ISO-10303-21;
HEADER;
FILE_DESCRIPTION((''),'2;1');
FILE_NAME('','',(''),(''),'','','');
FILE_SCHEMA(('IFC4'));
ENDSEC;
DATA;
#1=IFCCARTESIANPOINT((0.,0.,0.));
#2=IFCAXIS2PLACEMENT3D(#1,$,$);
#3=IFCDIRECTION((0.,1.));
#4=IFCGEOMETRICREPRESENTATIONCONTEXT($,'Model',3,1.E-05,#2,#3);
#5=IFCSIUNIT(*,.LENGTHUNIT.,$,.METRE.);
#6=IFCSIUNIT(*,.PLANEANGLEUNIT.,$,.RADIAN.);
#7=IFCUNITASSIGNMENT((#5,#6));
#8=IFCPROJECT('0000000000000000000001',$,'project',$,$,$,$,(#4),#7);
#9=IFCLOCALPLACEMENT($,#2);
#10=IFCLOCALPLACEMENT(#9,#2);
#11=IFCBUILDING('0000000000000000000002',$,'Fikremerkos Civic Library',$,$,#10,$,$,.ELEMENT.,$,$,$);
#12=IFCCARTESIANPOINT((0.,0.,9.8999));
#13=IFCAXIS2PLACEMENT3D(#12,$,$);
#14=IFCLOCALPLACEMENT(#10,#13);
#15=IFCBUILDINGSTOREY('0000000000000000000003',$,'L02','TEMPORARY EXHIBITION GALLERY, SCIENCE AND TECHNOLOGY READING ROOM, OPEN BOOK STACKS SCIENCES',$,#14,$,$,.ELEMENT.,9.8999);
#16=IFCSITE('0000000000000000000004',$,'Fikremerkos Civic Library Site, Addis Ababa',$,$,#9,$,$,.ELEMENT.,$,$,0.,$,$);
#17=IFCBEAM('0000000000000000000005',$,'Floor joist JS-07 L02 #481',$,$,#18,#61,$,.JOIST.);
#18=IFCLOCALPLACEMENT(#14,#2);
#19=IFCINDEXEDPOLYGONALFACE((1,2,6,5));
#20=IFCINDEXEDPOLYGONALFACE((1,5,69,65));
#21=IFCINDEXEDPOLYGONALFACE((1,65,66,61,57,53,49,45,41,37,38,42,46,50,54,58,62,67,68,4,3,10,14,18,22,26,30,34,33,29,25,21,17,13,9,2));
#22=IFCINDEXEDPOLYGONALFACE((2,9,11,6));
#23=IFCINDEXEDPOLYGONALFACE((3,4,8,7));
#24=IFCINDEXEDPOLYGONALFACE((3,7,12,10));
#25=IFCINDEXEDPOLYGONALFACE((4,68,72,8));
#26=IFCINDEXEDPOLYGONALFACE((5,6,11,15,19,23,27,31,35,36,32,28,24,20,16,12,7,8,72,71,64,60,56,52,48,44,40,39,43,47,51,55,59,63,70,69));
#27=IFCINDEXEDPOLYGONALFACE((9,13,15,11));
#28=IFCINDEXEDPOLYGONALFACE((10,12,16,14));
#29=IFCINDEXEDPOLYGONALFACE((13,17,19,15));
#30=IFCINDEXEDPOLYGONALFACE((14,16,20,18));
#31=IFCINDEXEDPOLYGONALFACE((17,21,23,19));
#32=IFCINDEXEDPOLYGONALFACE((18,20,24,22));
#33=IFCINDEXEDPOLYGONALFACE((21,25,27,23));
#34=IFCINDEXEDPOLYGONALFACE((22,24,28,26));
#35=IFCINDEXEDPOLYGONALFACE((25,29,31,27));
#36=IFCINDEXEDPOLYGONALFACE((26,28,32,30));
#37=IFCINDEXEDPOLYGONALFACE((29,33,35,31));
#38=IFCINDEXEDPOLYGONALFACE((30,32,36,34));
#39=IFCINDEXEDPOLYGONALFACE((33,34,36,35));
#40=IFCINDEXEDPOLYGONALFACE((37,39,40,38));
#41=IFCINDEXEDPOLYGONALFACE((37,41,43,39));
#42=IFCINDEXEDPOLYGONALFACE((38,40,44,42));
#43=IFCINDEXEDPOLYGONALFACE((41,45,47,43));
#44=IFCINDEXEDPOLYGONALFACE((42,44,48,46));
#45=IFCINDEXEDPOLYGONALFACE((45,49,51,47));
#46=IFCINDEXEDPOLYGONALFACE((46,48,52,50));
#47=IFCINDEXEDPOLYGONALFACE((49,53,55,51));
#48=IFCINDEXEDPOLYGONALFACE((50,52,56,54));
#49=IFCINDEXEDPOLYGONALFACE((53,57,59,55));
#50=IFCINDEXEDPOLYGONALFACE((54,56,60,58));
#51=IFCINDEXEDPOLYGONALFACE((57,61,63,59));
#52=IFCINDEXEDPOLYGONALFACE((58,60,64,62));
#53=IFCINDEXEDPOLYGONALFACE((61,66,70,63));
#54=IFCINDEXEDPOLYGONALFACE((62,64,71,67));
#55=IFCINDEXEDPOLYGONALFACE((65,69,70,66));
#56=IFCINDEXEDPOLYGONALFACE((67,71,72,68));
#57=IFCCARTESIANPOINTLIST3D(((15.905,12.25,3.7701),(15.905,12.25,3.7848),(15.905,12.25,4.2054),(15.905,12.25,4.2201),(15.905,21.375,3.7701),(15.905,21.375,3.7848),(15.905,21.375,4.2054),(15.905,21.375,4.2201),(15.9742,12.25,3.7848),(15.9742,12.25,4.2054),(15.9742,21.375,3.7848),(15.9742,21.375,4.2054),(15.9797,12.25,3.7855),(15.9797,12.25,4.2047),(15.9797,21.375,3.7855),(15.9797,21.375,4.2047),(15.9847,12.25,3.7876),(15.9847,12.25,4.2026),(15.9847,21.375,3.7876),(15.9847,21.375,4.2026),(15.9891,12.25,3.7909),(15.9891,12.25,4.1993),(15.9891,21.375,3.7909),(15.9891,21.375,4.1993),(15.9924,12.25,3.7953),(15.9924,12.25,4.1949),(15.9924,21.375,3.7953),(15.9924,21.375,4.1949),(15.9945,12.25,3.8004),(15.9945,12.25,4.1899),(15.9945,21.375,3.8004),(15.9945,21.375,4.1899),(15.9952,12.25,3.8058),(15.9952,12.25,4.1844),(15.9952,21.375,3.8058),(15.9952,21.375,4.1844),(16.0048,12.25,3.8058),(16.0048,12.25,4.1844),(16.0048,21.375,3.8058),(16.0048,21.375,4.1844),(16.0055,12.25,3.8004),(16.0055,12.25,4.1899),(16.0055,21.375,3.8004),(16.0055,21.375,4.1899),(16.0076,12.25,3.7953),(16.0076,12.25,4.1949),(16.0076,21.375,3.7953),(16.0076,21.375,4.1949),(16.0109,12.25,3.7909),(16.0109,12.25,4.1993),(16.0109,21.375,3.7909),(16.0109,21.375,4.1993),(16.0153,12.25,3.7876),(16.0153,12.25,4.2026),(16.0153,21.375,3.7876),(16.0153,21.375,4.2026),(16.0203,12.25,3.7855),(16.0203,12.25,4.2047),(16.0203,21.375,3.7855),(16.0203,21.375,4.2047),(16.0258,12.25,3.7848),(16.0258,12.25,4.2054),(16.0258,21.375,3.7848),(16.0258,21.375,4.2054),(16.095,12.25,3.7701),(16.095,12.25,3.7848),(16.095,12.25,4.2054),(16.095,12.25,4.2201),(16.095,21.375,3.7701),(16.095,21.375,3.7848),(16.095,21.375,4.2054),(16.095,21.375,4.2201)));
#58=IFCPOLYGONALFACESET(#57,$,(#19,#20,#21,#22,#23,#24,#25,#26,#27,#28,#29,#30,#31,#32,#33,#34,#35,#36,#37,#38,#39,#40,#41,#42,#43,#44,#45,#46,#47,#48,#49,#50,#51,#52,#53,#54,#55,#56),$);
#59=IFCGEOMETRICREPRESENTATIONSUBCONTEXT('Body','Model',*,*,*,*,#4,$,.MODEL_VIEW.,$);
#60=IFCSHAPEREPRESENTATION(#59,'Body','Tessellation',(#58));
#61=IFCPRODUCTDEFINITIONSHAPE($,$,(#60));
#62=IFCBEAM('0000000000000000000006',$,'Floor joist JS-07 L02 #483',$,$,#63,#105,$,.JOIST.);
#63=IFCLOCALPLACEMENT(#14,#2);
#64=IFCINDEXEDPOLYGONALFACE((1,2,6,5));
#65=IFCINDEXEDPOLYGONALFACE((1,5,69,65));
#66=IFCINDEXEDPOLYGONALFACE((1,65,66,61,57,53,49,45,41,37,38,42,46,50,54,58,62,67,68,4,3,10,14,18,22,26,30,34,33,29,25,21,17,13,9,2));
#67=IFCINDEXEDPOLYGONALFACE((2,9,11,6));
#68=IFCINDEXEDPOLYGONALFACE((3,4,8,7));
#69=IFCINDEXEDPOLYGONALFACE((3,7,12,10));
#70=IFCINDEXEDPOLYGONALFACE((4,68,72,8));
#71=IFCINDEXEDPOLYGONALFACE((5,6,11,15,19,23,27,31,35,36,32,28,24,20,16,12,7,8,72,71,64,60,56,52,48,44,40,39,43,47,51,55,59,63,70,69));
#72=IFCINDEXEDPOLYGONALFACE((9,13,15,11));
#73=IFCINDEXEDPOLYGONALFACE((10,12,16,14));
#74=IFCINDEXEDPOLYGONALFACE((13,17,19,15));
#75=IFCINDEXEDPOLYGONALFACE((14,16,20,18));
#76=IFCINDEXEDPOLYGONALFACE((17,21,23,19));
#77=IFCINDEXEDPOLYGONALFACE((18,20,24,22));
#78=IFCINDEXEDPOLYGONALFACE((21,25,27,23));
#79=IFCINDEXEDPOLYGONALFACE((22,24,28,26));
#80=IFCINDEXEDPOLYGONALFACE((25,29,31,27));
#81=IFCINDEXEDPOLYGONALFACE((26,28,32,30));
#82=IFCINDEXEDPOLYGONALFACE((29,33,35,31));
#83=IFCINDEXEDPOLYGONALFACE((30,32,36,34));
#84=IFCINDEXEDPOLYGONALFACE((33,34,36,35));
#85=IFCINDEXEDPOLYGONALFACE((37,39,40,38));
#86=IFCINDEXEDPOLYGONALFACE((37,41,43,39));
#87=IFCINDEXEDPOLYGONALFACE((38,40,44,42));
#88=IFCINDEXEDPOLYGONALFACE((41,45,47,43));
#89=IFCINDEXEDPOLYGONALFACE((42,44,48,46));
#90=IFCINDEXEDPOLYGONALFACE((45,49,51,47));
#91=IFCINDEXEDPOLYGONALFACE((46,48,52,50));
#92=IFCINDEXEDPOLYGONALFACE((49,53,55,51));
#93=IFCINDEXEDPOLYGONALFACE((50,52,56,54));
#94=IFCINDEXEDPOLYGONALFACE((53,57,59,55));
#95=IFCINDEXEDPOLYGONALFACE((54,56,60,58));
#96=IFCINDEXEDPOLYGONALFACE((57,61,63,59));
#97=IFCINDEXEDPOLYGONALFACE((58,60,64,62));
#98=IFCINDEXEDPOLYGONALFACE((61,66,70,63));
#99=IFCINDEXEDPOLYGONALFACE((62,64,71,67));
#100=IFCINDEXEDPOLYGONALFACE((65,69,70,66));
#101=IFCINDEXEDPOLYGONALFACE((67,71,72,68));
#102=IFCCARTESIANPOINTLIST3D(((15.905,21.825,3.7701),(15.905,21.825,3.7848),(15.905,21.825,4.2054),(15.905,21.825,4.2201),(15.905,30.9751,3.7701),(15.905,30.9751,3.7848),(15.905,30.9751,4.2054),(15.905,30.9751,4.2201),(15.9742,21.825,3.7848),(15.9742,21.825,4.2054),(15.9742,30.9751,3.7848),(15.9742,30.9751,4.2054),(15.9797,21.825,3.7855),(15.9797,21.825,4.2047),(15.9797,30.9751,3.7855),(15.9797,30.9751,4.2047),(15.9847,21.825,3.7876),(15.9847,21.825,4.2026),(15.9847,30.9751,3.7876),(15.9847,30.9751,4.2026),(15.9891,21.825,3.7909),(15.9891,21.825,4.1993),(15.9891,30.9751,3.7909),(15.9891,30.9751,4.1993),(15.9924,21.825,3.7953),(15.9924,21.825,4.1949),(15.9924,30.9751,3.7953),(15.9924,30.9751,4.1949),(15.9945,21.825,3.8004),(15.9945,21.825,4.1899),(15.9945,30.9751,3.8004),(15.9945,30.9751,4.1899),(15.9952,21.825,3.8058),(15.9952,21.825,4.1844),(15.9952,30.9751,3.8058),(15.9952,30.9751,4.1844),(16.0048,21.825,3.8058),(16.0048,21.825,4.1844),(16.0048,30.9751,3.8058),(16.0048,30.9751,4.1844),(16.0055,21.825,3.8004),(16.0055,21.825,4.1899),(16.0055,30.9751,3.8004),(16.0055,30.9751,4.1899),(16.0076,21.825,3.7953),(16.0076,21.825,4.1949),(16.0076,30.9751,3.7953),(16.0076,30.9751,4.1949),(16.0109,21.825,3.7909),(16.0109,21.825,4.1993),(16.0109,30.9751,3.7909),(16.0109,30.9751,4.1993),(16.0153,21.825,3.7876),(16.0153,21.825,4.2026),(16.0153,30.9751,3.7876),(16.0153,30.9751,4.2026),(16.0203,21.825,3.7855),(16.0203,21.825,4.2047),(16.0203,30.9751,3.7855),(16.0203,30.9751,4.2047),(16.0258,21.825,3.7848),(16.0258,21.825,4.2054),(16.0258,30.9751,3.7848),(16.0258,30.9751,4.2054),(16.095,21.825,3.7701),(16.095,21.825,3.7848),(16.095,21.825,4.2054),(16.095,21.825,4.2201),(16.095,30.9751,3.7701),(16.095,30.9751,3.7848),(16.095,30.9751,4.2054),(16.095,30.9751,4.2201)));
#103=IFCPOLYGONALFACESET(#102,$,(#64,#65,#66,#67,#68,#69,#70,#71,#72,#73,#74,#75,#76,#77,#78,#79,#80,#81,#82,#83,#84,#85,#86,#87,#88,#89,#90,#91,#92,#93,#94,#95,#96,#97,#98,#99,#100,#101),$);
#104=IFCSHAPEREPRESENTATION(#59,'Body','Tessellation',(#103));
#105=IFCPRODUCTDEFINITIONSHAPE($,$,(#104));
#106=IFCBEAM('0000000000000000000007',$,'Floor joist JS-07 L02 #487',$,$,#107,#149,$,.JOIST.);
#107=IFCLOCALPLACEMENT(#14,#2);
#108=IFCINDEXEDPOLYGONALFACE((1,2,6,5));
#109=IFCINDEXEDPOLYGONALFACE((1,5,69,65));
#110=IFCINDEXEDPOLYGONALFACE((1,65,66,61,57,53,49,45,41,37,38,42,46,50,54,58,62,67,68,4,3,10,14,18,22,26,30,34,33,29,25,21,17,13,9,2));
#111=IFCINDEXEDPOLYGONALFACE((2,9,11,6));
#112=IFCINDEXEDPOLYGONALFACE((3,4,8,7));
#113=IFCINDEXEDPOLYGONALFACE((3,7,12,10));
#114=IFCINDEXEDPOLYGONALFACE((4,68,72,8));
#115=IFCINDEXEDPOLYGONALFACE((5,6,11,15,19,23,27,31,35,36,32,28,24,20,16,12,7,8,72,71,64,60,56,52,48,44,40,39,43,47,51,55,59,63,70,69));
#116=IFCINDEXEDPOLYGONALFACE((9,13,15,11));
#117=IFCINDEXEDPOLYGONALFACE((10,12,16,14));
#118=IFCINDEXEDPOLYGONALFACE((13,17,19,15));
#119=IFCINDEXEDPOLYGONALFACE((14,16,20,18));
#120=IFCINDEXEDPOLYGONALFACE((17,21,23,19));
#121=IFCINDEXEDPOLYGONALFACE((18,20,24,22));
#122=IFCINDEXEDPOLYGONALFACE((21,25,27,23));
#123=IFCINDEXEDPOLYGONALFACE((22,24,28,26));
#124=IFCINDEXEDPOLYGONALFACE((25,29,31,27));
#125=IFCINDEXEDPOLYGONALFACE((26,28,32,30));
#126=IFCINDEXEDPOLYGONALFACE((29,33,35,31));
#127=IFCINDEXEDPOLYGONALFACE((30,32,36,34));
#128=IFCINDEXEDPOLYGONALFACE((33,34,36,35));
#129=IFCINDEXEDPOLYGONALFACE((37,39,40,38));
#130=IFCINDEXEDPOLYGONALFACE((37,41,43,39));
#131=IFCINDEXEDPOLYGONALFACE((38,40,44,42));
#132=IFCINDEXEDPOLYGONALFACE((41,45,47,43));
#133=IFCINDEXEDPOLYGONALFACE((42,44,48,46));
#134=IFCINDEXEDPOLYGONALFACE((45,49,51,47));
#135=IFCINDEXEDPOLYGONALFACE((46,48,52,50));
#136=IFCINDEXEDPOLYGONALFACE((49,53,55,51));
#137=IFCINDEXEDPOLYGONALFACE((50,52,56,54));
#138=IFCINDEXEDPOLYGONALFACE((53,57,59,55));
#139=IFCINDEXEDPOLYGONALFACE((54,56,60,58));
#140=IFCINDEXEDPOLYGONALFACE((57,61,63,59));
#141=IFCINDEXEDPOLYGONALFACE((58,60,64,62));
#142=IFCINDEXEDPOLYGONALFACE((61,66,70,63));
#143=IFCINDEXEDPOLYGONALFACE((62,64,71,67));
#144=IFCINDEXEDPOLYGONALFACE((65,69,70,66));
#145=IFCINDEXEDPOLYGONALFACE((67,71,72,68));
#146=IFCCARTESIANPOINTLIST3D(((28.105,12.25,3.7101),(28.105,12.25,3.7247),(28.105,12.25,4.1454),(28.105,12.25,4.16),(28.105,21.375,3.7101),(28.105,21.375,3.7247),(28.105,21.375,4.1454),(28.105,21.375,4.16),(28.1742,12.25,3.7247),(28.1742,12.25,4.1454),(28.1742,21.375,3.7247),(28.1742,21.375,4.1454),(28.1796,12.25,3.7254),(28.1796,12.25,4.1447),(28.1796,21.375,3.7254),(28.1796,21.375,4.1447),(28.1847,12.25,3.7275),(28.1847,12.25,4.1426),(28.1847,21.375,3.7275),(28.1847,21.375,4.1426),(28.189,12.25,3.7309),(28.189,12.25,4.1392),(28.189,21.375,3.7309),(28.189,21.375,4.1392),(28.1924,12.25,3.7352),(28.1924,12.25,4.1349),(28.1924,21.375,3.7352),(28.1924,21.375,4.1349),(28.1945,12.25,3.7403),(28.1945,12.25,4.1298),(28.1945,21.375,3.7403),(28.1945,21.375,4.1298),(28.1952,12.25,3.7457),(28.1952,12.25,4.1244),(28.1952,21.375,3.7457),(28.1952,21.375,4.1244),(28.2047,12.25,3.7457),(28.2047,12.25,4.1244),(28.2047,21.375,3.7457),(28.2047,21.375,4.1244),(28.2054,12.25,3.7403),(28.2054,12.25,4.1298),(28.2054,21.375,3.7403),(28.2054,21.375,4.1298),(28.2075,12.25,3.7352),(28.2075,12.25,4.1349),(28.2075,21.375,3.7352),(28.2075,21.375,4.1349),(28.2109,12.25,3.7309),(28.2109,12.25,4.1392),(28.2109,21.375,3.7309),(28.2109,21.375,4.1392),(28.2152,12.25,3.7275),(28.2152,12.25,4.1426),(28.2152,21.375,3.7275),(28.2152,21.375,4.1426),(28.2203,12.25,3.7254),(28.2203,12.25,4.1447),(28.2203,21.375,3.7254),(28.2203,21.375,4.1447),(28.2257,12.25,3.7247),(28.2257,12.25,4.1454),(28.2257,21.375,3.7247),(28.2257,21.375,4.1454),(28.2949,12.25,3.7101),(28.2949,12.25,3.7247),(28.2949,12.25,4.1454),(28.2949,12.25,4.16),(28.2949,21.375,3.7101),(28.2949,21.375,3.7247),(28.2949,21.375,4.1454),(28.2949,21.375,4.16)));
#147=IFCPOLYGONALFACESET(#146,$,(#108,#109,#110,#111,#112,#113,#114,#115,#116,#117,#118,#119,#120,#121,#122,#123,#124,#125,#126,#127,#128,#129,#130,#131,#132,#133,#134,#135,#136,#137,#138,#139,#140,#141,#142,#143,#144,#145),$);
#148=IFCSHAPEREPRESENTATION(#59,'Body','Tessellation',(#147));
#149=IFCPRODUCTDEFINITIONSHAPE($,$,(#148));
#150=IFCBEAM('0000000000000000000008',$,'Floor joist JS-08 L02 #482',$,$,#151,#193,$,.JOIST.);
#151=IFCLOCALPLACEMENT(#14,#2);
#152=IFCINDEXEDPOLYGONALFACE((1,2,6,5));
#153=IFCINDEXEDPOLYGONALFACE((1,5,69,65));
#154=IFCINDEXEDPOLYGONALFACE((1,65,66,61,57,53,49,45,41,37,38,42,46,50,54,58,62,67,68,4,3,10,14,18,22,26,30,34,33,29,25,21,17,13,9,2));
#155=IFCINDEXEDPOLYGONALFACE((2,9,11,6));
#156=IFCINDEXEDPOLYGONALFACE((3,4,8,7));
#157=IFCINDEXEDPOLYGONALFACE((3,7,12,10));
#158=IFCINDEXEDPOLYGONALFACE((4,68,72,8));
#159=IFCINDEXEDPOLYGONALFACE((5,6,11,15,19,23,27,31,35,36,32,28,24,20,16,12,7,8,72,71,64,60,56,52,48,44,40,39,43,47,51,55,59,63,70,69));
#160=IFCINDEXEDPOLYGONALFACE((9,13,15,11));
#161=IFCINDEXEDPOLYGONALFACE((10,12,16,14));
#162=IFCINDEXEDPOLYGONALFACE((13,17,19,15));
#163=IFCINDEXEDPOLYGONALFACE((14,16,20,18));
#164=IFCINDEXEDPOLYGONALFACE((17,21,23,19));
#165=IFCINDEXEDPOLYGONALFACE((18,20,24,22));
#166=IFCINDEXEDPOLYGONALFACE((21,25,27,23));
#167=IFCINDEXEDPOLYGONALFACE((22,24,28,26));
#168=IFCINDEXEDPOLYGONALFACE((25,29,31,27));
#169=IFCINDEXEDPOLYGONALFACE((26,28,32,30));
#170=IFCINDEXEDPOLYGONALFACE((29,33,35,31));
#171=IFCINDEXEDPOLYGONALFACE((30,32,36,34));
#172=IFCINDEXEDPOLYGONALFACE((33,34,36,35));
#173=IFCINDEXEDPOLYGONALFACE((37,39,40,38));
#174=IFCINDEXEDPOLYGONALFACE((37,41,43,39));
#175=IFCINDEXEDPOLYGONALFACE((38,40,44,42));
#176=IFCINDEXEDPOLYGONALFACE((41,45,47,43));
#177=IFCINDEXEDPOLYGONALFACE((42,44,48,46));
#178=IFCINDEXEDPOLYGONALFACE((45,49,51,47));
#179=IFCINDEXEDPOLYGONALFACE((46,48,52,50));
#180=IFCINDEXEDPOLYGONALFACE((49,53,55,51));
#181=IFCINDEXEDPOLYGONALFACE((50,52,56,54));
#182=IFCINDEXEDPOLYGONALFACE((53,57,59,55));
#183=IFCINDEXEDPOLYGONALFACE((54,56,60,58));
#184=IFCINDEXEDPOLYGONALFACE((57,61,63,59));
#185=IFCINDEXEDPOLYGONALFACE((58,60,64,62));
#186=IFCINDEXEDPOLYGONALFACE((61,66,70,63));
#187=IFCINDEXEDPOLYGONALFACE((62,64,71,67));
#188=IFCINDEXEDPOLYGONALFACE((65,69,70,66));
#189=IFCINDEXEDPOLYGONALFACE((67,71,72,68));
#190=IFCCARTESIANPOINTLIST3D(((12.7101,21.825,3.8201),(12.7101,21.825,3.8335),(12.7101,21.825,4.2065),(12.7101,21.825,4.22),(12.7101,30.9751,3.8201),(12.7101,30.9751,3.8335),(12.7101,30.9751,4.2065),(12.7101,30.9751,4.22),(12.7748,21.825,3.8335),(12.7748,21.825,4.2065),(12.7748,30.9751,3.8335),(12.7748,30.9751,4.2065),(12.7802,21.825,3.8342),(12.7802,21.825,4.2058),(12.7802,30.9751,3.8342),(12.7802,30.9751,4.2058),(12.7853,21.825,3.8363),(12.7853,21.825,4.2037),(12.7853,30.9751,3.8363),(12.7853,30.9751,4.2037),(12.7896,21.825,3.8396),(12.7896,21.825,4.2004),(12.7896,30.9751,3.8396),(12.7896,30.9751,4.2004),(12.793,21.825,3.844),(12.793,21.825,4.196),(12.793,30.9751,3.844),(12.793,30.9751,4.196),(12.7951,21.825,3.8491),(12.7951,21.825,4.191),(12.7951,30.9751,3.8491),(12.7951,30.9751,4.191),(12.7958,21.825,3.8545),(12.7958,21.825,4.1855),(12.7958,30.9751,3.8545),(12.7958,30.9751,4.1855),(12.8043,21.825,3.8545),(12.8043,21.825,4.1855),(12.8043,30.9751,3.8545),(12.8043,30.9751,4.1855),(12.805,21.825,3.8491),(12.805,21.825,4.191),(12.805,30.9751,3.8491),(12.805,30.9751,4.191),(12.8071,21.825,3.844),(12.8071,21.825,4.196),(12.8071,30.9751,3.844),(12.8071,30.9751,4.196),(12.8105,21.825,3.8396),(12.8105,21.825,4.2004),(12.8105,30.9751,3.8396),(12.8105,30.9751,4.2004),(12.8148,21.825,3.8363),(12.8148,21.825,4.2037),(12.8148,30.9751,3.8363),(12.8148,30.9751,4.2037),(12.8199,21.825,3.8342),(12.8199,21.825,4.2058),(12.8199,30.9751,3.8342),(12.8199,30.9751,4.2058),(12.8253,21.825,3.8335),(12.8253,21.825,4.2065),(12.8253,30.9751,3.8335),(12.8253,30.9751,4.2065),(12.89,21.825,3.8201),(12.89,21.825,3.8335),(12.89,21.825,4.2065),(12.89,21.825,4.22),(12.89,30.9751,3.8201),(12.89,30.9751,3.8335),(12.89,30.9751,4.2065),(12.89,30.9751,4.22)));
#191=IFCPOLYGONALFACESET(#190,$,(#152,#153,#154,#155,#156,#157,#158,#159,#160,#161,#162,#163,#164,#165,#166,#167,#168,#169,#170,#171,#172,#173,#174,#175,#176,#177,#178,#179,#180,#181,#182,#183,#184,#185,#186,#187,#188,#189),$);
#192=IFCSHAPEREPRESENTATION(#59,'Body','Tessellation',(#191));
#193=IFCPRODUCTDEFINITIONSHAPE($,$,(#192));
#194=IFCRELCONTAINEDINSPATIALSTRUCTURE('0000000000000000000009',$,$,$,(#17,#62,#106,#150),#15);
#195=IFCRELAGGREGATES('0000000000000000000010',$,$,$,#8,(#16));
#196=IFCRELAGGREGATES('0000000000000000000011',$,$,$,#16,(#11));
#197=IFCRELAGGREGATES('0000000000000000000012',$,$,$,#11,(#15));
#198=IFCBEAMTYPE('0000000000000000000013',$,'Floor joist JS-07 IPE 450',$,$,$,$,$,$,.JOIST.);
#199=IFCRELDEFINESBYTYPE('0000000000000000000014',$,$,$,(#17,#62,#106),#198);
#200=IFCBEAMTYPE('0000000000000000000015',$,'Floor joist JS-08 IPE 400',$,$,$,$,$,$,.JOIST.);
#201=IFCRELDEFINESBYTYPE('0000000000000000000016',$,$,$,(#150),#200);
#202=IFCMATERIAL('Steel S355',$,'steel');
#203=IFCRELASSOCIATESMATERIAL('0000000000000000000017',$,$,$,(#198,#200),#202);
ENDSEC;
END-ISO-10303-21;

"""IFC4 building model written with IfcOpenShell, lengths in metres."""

from ifc_helpers import new_model, si_unit, direction, frame, origin, origin_2d, place, context, subcontext, project, spatial, i_section, extrude, material, material_profile, profile_set, type_object, element, save


model = new_model("IFC4")

# Units and contexts
model_context = context("Model", 3, precision=1e-05, world=origin(), true_north=direction((0.0, 1.0)))
body_context = subcontext(model_context, "Body", "Model", "MODEL_VIEW")
ifc_project = project(units=[si_unit("LENGTHUNIT", "METRE"), si_unit("PLANEANGLEUNIT", "RADIAN")], contexts=[model_context])

# Site, building, storey
site_placement = place(None, origin())
site = spatial("IfcSite", under=ifc_project, at=site_placement, Name="Fikremerkos Civic Library Site, Addis Ababa", CompositionType="ELEMENT", RefElevation=0.0)
building_placement = place(site_placement, origin())
building = spatial("IfcBuilding", under=site, at=building_placement, Name="Fikremerkos Civic Library", CompositionType="ELEMENT")
storey_placement = place(building_placement, frame((0.0, 0.0, 9.8999)))
storey = spatial("IfcBuildingStorey", under=building, at=storey_placement, Name="L02", Description="TEMPORARY EXHIBITION GALLERY, SCIENCE AND TECHNOLOGY READING ROOM, OPEN BOOK STACKS SCIENCES", CompositionType="ELEMENT", Elevation=9.8999)

# Shared definitions
ifc_material_1 = material(Name="Steel S355", Category="steel")

# Beams
ifc_material_profile_1 = material_profile(ifc_material_1, i_section(OverallWidth=0.1899, OverallDepth=0.45, WebThickness=0.0095, FlangeThickness=0.0146, FilletRadius=0.021, at=origin_2d()), Name="IPE 450")
ifc_profile_set_1 = profile_set([ifc_material_profile_1], Name="Steel S355")
beam_type_1 = type_object("IfcBeamType", Name="Floor joist JS-07 IPE 450", PredefinedType="JOIST", material=ifc_profile_set_1)
beam_1_placement = place(storey_placement, frame((16.0, 12.25, 3.9951), z_axis=(0.0, 1.0, 0.0), x_axis=(-1.0, 0.0, 0.0)))
element("IfcBeam", 1, at=beam_1_placement, inside=storey, type_object=beam_type_1, Name="Floor joist JS-07 L02 #481", PredefinedType="JOIST", context=body_context, shape_type="SweptSolid", body=[
    extrude(i_section(OverallWidth=0.1899, OverallDepth=0.45, WebThickness=0.0095, FlangeThickness=0.0146, FilletRadius=0.021, at=origin_2d()), origin(), (0.0, 0.0, 1.0), 9.125),
])
beam_2_placement = place(storey_placement, frame((16.0, 21.825, 3.9951), z_axis=(0.0, 1.0, 0.0), x_axis=(-1.0, 0.0, 0.0)))
element("IfcBeam", 2, at=beam_2_placement, inside=storey, type_object=beam_type_1, Name="Floor joist JS-07 L02 #483", PredefinedType="JOIST", context=body_context, shape_type="SweptSolid", body=[
    extrude(i_section(OverallWidth=0.1899, OverallDepth=0.45, WebThickness=0.0095, FlangeThickness=0.0146, FilletRadius=0.021, at=origin_2d()), origin(), (0.0, 0.0, 1.0), 9.1501),
])
beam_3_placement = place(storey_placement, frame((28.2, 12.25, 3.9351), z_axis=(0.0, 1.0, 0.0), x_axis=(-1.0, 0.0, 0.0)))
element("IfcBeam", 3, at=beam_3_placement, inside=storey, type_object=beam_type_1, Name="Floor joist JS-07 L02 #487", PredefinedType="JOIST", context=body_context, shape_type="SweptSolid", body=[
    extrude(i_section(OverallWidth=0.1899, OverallDepth=0.45, WebThickness=0.0095, FlangeThickness=0.0146, FilletRadius=0.021, at=origin_2d()), origin(), (0.0, 0.0, 1.0), 9.125),
])
ifc_material_profile_2 = material_profile(ifc_material_1, i_section(OverallWidth=0.1799, OverallDepth=0.3999, WebThickness=0.0085, FlangeThickness=0.0134, FilletRadius=0.021, at=origin_2d()), Name="IPE 400")
ifc_profile_set_2 = profile_set([ifc_material_profile_2], Name="Steel S355")
beam_type_2 = type_object("IfcBeamType", Name="Floor joist JS-08 IPE 400", PredefinedType="JOIST", material=ifc_profile_set_2)
beam_4_placement = place(storey_placement, frame((12.8, 21.825, 4.02), z_axis=(0.0, 1.0, 0.0), x_axis=(-1.0, 0.0, 0.0)))
element("IfcBeam", 4, at=beam_4_placement, inside=storey, type_object=beam_type_2, Name="Floor joist JS-08 L02 #482", PredefinedType="JOIST", context=body_context, shape_type="SweptSolid", body=[
    extrude(i_section(OverallWidth=0.1799, OverallDepth=0.3999, WebThickness=0.0085, FlangeThickness=0.0134, FilletRadius=0.021, at=origin_2d()), origin(), (0.0, 0.0, 1.0), 9.1501),
])

save(model, "model.ifc")
